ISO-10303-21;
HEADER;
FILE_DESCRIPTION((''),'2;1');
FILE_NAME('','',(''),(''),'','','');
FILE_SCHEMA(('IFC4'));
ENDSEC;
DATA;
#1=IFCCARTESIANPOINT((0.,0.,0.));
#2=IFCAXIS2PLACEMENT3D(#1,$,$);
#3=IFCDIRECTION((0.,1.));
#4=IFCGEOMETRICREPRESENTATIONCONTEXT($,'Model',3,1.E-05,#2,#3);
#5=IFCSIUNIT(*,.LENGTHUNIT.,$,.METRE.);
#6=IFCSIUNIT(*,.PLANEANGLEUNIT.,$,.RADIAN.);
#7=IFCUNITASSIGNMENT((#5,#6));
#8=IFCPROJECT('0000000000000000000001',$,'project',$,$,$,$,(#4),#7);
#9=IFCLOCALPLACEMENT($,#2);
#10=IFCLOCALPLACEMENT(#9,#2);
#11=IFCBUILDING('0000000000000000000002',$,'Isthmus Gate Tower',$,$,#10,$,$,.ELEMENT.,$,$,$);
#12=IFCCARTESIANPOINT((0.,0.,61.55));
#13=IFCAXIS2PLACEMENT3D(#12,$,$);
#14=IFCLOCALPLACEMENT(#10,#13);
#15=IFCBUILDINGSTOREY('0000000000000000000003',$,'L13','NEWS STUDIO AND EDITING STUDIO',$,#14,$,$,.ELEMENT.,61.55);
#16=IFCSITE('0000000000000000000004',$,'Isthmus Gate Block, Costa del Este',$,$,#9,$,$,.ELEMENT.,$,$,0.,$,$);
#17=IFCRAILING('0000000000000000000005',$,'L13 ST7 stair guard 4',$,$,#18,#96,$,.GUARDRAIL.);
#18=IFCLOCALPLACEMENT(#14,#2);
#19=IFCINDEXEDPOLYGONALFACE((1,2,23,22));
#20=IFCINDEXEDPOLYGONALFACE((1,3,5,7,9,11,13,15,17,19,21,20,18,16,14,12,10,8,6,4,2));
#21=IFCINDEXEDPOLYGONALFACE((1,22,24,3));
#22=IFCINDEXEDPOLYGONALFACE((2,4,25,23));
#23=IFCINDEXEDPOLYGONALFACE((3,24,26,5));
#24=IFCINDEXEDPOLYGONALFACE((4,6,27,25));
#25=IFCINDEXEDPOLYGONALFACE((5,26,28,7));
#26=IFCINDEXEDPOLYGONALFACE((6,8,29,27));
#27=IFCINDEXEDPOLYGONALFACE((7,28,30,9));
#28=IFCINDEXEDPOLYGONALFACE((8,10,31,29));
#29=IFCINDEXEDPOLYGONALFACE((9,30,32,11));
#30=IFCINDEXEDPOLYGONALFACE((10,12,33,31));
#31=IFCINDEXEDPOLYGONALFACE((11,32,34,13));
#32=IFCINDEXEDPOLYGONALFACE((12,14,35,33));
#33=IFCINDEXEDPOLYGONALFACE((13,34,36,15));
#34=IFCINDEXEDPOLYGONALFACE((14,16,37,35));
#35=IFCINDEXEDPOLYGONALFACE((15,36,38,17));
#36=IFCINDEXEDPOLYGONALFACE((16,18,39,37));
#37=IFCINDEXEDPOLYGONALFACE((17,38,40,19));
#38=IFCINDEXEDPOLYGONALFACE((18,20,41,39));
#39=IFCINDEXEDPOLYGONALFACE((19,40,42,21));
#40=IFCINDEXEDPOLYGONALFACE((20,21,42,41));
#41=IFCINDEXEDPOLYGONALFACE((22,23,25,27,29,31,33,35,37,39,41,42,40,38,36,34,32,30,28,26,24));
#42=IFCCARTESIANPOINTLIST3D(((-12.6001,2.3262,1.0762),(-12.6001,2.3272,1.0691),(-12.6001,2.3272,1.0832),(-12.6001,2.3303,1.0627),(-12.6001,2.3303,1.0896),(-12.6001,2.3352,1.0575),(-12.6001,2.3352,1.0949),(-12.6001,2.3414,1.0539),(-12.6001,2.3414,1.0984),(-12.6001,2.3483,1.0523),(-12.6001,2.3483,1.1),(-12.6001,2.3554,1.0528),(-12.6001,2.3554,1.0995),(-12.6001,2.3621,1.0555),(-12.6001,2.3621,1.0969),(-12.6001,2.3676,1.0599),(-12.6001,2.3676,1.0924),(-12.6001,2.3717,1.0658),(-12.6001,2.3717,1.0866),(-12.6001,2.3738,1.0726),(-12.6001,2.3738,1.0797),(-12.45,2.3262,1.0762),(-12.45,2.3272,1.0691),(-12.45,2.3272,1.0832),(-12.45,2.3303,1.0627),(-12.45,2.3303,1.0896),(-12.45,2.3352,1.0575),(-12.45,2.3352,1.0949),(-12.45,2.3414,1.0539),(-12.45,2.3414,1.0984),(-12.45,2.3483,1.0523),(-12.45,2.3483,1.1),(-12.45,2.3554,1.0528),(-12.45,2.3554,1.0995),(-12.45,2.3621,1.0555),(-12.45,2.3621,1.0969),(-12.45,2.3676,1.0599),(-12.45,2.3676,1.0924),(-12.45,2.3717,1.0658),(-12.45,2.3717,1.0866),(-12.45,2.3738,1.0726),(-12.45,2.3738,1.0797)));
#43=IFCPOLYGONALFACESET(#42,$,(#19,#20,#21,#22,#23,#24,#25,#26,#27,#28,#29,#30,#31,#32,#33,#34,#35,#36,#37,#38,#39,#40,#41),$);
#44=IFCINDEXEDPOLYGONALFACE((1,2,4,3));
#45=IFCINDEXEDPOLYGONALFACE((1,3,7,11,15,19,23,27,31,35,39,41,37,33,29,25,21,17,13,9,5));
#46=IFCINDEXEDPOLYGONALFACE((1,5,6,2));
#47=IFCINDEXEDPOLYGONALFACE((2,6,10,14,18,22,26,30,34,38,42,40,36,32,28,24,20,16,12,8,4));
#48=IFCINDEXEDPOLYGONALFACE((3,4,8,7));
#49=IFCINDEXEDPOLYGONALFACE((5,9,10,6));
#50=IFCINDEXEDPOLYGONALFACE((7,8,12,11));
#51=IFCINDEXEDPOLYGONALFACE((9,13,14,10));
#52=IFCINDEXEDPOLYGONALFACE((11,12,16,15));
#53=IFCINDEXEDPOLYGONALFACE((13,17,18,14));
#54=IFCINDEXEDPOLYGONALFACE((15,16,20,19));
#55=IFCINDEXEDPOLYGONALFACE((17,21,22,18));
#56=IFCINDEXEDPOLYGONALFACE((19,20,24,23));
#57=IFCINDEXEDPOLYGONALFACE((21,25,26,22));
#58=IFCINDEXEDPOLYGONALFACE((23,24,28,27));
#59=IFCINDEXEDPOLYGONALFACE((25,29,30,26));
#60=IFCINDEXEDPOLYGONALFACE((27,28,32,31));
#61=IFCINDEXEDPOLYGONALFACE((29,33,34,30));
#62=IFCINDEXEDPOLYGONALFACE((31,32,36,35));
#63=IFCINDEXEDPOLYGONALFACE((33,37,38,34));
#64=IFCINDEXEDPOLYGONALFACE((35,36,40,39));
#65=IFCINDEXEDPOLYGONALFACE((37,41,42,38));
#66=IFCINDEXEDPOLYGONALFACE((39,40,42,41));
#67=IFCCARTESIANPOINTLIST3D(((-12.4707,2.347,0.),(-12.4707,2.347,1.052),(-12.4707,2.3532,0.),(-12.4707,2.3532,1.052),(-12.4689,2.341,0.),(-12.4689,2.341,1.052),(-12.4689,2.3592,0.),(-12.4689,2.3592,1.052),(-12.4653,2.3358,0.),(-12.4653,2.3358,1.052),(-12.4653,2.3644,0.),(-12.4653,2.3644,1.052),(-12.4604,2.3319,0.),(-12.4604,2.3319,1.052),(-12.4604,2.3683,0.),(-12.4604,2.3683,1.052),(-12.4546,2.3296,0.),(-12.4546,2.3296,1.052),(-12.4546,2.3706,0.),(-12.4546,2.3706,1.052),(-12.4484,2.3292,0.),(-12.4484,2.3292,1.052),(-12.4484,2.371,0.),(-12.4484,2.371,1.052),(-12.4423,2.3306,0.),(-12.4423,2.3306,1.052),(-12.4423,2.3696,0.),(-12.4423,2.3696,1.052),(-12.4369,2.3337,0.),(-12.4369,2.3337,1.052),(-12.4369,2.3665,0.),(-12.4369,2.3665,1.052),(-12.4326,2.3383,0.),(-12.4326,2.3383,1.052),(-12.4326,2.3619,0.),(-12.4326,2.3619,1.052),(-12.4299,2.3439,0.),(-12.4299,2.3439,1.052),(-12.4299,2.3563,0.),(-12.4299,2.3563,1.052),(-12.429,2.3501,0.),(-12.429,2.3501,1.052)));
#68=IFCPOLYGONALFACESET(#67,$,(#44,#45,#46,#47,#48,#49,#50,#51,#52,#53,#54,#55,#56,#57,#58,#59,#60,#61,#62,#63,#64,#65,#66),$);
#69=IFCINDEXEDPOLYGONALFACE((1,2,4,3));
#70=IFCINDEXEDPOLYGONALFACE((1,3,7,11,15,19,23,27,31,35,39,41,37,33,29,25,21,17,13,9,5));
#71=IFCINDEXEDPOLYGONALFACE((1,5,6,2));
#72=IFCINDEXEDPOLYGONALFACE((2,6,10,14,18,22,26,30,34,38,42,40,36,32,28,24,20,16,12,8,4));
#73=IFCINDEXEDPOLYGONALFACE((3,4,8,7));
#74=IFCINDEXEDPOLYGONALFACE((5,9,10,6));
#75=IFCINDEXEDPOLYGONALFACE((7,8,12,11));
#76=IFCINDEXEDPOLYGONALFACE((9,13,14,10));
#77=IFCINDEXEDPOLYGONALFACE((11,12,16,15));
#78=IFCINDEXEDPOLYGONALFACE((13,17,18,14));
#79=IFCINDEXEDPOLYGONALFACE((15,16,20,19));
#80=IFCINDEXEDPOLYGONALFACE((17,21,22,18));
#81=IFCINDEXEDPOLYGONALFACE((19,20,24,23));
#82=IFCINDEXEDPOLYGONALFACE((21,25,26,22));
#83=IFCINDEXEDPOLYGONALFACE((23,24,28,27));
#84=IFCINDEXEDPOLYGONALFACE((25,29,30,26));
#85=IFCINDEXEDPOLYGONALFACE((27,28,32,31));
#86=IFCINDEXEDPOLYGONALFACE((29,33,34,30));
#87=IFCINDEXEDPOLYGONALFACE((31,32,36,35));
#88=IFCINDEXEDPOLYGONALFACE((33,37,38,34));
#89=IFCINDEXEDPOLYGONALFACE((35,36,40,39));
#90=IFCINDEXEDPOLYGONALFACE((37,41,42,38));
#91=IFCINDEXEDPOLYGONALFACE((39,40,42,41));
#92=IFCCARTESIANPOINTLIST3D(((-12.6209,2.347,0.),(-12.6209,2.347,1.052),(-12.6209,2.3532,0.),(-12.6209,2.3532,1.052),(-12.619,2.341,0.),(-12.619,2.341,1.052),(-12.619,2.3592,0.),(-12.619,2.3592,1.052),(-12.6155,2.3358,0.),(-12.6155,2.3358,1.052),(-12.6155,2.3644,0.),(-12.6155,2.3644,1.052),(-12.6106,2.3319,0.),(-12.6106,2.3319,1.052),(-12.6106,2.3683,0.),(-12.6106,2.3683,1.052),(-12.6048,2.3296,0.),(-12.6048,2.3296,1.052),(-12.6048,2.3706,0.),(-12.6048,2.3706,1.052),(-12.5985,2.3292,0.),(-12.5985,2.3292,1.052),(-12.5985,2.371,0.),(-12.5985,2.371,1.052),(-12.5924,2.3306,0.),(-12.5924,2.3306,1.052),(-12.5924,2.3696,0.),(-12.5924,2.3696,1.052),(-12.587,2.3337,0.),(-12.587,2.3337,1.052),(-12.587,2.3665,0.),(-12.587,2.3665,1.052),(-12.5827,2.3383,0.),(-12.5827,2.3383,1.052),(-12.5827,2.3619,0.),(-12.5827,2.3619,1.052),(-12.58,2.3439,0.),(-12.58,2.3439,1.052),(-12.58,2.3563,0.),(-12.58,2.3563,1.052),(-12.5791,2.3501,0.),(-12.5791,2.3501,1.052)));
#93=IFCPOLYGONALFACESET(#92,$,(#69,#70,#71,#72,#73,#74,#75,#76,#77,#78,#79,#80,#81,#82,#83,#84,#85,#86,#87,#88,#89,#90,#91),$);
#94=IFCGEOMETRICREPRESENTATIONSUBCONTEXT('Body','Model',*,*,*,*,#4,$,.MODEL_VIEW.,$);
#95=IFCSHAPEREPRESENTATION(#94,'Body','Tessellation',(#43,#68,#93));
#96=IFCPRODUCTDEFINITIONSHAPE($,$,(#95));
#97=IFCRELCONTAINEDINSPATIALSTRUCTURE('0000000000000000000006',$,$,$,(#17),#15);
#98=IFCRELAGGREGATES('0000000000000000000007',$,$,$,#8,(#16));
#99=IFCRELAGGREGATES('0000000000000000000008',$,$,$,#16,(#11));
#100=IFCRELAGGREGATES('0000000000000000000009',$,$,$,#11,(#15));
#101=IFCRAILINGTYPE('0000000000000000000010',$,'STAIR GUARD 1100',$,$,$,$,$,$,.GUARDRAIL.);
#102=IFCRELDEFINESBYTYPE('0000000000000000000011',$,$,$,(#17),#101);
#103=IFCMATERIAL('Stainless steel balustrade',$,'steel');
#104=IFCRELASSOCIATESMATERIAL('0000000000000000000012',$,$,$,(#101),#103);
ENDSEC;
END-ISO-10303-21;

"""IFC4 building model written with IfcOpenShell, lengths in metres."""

from ifc_helpers import new_model, si_unit, direction, frame, origin, origin_2d, place, context, subcontext, project, spatial, circle, extrude, material, type_object, element, save


model = new_model("IFC4")

# Units and contexts
model_context = context("Model", 3, precision=1e-05, world=origin(), true_north=direction((0.0, 1.0)))
body_context = subcontext(model_context, "Body", "Model", "MODEL_VIEW")
ifc_project = project(units=[si_unit("LENGTHUNIT", "METRE"), si_unit("PLANEANGLEUNIT", "RADIAN")], contexts=[model_context])

# Site, building, storey
site_placement = place(None, origin())
site = spatial("IfcSite", under=ifc_project, at=site_placement, Name="Isthmus Gate Block, Costa del Este", CompositionType="ELEMENT", RefElevation=0.0)
building_placement = place(site_placement, origin())
building = spatial("IfcBuilding", under=site, at=building_placement, Name="Isthmus Gate Tower", CompositionType="ELEMENT")
storey_placement = place(building_placement, frame((0.0, 0.0, 61.55)))
storey = spatial("IfcBuildingStorey", under=building, at=storey_placement, Name="L13", Description="NEWS STUDIO AND EDITING STUDIO", CompositionType="ELEMENT", Elevation=61.55)

# Railing
ifc_material_1 = material(Name="Stainless steel balustrade", Category="steel")
railing_type_1 = type_object("IfcRailingType", Name="STAIR GUARD 1100", PredefinedType="GUARDRAIL", material=ifc_material_1)
railing_1_placement = place(storey_placement, frame((-12.45, 2.3501, 0.0)))
element("IfcRailing", 1, at=railing_1_placement, inside=storey, type_object=railing_type_1, Name="L13 ST7 stair guard 4", PredefinedType="GUARDRAIL", context=body_context, shape_type="SweptSolid", body=[
    extrude(circle(Radius=0.0239, at=origin_2d()), frame((0.0, 0.0, 1.0762), z_axis=(-1.0, 0.0, 0.0), x_axis=(0.0, -1.0, 0.0)), (0.0, 0.0, 1.0), 0.1501),
    extrude(circle(Radius=0.021, at=origin_2d()), origin(), (0.0, 0.0, 1.0), 1.052),
    extrude(circle(Radius=0.021, at=origin_2d()), frame((-0.1501, 0.0, 0.0)), (0.0, 0.0, 1.0), 1.052),
])

save(model, "model.ifc")
